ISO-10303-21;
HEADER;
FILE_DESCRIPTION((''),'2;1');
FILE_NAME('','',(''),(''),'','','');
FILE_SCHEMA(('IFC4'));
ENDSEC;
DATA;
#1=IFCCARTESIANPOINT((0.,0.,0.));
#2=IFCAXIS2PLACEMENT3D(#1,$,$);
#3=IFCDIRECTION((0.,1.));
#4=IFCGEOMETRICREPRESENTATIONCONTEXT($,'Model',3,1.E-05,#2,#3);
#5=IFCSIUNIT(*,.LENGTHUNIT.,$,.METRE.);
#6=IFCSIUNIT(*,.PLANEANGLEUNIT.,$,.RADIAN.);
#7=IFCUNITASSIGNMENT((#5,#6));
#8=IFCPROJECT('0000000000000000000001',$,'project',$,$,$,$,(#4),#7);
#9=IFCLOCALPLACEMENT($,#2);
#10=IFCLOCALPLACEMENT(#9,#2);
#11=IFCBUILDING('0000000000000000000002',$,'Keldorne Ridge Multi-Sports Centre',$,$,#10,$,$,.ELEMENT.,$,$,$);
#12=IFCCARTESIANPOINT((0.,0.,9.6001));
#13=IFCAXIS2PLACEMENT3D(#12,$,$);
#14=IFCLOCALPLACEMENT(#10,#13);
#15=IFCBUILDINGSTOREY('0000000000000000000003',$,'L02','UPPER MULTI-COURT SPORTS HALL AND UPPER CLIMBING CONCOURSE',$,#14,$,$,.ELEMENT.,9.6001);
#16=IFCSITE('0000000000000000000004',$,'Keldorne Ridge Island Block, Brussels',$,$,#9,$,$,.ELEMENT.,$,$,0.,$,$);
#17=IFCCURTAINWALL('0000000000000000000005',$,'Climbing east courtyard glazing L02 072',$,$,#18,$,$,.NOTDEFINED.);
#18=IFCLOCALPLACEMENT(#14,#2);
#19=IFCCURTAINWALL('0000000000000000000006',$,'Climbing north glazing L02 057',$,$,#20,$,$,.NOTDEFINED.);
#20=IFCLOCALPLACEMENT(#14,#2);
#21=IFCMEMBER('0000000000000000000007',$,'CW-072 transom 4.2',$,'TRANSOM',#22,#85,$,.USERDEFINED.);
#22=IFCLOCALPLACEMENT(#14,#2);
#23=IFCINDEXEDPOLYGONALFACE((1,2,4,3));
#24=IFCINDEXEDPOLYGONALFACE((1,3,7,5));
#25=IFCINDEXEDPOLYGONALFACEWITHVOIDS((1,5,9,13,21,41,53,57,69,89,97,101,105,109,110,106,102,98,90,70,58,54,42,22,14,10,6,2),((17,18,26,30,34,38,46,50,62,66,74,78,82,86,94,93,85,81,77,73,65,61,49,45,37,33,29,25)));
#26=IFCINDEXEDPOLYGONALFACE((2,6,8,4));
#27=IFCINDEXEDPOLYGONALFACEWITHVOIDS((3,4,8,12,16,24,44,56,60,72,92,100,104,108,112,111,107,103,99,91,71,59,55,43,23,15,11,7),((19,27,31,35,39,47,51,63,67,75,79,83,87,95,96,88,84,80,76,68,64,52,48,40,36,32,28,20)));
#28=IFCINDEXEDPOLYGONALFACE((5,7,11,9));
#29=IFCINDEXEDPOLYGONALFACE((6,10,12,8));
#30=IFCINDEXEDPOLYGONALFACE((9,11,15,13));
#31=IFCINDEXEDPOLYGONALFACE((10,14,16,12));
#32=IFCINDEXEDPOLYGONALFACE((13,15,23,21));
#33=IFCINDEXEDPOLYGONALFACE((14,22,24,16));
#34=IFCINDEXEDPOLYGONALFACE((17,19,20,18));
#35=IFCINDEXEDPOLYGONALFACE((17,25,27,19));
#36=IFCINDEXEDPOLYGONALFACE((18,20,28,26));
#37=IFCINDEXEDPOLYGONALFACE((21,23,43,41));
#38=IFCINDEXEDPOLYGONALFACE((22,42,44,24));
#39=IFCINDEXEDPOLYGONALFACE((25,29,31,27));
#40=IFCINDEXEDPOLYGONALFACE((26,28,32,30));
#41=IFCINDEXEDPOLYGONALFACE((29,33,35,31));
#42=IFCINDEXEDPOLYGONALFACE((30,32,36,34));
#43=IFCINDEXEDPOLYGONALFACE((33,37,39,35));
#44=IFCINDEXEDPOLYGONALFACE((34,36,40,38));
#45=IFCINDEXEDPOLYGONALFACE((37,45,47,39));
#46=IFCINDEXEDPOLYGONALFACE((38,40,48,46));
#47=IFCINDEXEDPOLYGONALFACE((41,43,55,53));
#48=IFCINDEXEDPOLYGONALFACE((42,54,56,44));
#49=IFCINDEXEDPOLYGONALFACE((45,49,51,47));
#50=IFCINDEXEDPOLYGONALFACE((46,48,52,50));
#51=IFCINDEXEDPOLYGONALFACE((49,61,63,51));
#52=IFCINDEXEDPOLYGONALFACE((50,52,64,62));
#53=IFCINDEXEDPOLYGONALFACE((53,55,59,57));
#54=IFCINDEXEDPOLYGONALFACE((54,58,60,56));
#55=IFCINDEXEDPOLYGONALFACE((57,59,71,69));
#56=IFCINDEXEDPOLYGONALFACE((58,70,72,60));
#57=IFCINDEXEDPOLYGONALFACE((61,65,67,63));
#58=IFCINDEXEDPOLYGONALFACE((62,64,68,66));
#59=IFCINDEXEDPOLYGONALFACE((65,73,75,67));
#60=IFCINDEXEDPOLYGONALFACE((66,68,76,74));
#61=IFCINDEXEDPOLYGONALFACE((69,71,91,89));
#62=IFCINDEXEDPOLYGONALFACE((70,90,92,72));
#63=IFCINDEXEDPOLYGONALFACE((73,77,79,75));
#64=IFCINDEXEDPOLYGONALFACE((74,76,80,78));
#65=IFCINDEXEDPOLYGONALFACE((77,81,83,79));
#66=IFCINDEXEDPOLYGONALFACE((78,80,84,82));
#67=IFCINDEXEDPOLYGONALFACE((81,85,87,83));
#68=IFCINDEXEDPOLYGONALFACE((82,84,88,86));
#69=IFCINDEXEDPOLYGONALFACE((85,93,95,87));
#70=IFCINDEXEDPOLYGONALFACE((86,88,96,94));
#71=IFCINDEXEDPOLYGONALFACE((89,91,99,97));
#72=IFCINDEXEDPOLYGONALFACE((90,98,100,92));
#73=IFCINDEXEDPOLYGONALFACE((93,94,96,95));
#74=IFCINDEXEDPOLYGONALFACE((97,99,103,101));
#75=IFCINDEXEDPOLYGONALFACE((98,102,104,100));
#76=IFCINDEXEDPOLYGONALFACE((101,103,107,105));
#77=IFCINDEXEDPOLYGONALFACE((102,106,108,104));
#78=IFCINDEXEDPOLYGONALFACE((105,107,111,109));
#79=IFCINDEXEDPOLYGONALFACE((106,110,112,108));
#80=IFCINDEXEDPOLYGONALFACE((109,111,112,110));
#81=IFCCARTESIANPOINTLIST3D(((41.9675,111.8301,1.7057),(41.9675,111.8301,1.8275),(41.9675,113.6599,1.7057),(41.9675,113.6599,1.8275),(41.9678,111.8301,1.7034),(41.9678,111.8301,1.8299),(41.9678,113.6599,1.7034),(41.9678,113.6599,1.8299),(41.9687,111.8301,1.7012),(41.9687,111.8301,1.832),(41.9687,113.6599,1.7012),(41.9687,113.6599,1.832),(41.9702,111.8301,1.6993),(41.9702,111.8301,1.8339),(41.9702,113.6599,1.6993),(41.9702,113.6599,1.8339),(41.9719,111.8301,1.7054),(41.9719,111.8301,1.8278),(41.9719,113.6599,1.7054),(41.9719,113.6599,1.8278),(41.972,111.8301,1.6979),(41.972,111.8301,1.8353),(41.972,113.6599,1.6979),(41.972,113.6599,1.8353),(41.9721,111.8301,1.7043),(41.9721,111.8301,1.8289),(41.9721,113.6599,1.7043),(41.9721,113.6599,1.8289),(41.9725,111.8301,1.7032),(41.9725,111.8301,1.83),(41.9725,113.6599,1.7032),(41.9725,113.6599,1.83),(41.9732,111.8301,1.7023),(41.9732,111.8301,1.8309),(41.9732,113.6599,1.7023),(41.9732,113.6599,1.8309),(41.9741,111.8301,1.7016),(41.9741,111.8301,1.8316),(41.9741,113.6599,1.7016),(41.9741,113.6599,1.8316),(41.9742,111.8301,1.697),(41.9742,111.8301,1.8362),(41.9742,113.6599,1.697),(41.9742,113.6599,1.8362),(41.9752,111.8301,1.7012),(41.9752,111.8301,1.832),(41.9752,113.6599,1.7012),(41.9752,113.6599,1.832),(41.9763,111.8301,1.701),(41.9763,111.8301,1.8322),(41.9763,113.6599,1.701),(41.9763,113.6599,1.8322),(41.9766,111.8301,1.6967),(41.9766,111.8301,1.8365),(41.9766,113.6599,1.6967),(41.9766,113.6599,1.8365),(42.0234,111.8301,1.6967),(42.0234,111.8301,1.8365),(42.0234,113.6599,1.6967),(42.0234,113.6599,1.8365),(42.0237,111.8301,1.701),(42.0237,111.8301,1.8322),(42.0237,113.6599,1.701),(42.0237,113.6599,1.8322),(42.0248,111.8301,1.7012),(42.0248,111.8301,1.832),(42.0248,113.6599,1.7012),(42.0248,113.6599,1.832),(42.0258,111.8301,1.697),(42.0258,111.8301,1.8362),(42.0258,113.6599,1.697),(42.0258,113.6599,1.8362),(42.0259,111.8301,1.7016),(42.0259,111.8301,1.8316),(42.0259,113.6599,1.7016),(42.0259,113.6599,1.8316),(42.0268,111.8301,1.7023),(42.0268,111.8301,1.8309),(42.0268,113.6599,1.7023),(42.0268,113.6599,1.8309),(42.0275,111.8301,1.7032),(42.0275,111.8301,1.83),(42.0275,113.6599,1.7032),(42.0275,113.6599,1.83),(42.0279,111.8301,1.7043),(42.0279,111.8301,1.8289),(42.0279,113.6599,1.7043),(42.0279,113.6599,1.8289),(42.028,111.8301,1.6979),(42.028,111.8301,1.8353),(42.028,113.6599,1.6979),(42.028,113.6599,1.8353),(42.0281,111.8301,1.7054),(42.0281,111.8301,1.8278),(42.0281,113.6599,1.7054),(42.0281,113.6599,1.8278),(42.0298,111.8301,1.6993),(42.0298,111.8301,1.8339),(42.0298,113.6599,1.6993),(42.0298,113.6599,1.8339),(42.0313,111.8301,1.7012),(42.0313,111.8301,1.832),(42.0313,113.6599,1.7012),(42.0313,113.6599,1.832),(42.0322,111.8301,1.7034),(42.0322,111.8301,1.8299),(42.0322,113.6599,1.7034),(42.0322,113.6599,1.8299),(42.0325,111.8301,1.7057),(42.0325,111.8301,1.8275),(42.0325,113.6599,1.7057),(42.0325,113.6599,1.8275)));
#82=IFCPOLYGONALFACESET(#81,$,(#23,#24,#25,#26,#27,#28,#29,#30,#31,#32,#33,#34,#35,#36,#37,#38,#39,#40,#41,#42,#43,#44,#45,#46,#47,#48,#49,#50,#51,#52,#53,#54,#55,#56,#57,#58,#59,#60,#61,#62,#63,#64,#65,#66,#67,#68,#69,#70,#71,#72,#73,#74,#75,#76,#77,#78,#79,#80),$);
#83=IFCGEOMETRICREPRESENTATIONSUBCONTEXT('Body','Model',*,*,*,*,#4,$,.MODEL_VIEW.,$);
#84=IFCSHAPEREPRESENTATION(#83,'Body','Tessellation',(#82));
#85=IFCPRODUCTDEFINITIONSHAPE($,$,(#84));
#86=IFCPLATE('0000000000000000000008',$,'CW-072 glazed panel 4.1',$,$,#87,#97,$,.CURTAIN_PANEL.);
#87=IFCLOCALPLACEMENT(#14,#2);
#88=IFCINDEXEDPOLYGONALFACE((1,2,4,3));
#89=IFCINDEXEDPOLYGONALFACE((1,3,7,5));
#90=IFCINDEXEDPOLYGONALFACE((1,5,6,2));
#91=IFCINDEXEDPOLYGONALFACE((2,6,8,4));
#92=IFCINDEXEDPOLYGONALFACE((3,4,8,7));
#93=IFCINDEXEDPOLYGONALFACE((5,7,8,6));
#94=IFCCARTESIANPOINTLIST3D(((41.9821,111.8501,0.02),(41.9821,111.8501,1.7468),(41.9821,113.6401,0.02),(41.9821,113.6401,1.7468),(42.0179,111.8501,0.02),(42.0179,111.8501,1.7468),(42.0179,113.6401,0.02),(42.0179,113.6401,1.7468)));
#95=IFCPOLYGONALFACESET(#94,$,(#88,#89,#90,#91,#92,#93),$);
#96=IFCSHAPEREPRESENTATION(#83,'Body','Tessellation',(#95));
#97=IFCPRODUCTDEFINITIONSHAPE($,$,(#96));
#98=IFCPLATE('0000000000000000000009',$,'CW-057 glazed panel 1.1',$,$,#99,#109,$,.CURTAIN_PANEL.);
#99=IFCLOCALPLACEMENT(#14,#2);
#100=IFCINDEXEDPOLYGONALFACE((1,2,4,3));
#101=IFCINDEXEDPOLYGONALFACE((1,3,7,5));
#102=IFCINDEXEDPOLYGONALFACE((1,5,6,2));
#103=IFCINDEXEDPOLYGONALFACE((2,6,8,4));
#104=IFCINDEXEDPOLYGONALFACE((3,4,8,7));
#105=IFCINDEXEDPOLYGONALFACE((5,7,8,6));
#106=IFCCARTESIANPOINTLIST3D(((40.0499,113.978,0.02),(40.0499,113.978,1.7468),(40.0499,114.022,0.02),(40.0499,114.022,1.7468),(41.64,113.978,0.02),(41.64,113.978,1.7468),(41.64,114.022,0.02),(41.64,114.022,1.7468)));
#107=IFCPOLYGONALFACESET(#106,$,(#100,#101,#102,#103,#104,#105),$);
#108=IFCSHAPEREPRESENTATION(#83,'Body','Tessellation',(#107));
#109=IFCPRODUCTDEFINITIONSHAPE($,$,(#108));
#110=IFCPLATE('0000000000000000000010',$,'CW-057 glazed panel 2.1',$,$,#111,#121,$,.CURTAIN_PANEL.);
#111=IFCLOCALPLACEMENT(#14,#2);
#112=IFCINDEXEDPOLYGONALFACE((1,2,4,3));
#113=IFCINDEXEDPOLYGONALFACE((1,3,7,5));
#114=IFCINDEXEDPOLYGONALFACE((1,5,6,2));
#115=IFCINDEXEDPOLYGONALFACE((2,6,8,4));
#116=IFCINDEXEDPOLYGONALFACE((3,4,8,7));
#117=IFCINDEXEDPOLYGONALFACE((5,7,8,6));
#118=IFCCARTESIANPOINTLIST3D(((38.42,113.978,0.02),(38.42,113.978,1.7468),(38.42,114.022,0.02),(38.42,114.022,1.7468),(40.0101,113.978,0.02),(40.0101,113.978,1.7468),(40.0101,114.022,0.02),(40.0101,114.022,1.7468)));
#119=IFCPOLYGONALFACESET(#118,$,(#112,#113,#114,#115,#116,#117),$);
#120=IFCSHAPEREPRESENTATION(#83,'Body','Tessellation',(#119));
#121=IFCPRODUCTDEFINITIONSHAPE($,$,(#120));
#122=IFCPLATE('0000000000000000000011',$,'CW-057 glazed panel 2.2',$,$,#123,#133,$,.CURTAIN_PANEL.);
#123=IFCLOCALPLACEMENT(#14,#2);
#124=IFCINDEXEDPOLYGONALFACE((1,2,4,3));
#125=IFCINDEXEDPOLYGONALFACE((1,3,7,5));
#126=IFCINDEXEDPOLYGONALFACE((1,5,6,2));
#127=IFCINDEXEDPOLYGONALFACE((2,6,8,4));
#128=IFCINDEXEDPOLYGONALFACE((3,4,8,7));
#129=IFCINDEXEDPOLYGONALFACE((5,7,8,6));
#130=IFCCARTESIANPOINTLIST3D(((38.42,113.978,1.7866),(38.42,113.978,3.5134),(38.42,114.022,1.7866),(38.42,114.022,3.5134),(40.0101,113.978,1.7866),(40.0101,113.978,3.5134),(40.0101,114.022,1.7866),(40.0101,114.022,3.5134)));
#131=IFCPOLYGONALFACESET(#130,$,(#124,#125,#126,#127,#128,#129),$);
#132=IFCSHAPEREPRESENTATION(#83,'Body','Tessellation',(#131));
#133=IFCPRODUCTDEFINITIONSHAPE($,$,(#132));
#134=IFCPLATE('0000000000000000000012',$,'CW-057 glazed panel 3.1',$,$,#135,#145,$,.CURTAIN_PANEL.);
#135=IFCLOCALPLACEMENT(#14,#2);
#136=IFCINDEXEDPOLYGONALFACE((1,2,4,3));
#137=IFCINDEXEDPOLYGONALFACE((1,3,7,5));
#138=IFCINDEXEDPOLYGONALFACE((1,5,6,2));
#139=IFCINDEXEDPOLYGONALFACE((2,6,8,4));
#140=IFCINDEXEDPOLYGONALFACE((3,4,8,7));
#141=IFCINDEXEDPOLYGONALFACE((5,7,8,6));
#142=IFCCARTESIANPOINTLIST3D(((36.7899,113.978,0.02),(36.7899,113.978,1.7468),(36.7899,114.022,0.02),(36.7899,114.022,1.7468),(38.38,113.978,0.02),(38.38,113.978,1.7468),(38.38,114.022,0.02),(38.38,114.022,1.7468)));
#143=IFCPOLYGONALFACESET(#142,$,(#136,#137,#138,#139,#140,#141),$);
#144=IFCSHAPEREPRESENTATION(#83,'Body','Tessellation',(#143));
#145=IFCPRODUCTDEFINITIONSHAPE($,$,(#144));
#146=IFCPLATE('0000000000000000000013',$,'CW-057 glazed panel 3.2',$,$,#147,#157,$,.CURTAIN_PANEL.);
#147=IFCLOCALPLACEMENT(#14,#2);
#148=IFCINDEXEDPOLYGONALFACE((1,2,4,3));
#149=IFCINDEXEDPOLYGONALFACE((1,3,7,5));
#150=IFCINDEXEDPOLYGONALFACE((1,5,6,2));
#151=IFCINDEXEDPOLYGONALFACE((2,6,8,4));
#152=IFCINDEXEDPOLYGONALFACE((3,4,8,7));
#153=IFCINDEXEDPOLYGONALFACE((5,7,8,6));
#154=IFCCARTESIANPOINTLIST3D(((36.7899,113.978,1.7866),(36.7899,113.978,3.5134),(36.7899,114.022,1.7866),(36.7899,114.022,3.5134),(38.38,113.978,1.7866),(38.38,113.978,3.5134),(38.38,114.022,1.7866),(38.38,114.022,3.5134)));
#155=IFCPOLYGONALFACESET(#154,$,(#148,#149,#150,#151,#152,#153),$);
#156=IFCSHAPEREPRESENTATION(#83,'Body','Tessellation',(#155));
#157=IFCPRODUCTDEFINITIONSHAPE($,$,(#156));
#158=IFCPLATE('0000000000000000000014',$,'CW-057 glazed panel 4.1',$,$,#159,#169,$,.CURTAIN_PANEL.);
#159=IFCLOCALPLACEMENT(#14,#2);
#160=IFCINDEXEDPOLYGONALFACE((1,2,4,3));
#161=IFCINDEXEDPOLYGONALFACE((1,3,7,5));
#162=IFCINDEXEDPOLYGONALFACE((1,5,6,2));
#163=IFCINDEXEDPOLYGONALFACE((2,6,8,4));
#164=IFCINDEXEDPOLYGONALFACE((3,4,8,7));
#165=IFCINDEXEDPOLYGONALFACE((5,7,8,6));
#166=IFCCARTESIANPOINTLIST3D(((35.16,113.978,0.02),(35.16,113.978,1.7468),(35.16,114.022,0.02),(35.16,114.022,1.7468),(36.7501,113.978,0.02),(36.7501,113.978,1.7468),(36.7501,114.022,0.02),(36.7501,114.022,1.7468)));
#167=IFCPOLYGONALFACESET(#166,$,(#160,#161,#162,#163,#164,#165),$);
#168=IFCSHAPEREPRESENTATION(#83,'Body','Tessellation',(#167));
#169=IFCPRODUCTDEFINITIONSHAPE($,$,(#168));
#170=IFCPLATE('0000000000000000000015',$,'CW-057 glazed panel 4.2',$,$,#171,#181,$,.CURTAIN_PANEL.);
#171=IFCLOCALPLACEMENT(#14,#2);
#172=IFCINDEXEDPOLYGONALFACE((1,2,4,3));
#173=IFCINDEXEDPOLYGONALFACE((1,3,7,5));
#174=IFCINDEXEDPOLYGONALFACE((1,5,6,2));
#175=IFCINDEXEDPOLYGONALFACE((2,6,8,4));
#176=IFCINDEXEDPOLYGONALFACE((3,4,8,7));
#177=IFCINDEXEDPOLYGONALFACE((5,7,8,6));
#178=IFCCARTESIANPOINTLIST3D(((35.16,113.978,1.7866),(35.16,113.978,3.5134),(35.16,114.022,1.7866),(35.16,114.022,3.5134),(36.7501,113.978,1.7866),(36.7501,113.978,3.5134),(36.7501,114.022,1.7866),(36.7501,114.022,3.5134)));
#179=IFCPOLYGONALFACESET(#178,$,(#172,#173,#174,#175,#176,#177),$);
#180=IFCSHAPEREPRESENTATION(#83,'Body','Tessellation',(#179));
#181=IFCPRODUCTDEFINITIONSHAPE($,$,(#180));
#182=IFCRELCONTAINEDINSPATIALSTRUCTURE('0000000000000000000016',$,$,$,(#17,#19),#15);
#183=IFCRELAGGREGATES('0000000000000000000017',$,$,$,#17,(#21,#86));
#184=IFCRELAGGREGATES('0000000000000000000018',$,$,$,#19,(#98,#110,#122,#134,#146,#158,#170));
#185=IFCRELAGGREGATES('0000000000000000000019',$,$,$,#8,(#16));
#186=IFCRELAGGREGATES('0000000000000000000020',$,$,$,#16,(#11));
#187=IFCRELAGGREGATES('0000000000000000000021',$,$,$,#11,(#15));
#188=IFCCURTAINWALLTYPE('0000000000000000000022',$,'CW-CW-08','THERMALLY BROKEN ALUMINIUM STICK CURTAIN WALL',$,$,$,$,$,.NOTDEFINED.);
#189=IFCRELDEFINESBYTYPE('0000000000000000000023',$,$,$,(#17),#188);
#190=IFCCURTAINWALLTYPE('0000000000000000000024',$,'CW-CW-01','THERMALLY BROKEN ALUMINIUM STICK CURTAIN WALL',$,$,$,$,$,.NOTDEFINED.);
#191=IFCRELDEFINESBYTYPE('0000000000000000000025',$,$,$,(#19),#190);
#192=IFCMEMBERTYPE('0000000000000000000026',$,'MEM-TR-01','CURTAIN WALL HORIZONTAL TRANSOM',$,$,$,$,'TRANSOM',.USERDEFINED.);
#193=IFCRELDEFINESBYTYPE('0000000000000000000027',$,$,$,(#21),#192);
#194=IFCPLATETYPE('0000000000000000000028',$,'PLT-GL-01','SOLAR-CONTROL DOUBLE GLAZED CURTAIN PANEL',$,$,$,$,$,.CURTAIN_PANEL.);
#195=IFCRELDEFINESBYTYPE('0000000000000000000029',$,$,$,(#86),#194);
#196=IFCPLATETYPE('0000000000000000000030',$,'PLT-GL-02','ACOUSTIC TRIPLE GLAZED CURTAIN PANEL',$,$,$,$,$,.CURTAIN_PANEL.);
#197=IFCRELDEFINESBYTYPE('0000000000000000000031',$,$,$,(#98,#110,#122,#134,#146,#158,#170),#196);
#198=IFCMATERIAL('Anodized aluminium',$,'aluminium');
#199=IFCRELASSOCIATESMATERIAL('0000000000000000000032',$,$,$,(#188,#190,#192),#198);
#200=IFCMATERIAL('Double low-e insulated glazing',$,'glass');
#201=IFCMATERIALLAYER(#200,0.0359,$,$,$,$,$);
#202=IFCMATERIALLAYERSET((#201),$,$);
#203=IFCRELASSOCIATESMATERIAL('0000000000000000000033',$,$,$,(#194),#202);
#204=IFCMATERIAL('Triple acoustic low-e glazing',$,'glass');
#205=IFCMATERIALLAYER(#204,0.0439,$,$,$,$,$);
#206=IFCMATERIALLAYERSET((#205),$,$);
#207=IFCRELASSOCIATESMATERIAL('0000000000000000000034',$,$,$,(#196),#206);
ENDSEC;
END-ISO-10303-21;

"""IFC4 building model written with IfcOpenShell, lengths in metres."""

from ifc_helpers import new_model, si_unit, direction, frame, origin, origin_2d, place, context, subcontext, project, spatial, rectangle, hollow_rectangle, extrude, material, layer, layer_set, material_profile, profile_set, type_object, element, aggregate, save


model = new_model("IFC4")

# Units and contexts
model_context = context("Model", 3, precision=1e-05, world=origin(), true_north=direction((0.0, 1.0)))
body_context = subcontext(model_context, "Body", "Model", "MODEL_VIEW")
ifc_project = project(units=[si_unit("LENGTHUNIT", "METRE"), si_unit("PLANEANGLEUNIT", "RADIAN")], contexts=[model_context])

# Site, building, storey
site_placement = place(None, origin())
site = spatial("IfcSite", under=ifc_project, at=site_placement, Name="Keldorne Ridge Island Block, Brussels", CompositionType="ELEMENT", RefElevation=0.0)
building_placement = place(site_placement, origin())
building = spatial("IfcBuilding", under=site, at=building_placement, Name="Keldorne Ridge Multi-Sports Centre", CompositionType="ELEMENT")
storey_placement = place(building_placement, frame((0.0, 0.0, 9.6001)))
storey = spatial("IfcBuildingStorey", under=building, at=storey_placement, Name="L02", Description="UPPER MULTI-COURT SPORTS HALL AND UPPER CLIMBING CONCOURSE", CompositionType="ELEMENT", Elevation=9.6001)

# Curtain wall
ifc_material_1 = material(Name="Anodized aluminium", Category="aluminium")
curtain_wall_type_1 = type_object("IfcCurtainWallType", Name="CW-CW-08", Description="THERMALLY BROKEN ALUMINIUM STICK CURTAIN WALL", PredefinedType="NOTDEFINED", material=ifc_material_1)
curtain_wall_1_placement = place(storey_placement, origin())
curtain_wall_1 = element("IfcCurtainWall", 1, at=curtain_wall_1_placement, inside=storey, type_object=curtain_wall_type_1, Name="Climbing east courtyard glazing L02 072", PredefinedType="NOTDEFINED")

# Curtain wall
curtain_wall_type_2 = type_object("IfcCurtainWallType", Name="CW-CW-01", Description="THERMALLY BROKEN ALUMINIUM STICK CURTAIN WALL", PredefinedType="NOTDEFINED", material=ifc_material_1)
curtain_wall_2_placement = place(storey_placement, origin())
curtain_wall_2 = element("IfcCurtainWall", 2, at=curtain_wall_2_placement, inside=storey, type_object=curtain_wall_type_2, Name="Climbing north glazing L02 057", PredefinedType="NOTDEFINED")
ifc_material_profile_1 = material_profile(ifc_material_1, hollow_rectangle(XDim=0.0649, YDim=0.1399, WallThickness=0.0044, InnerFilletRadius=0.0044, OuterFilletRadius=0.009, at=origin_2d()), Name="ALU TRANSOM 140x65x4.5")
ifc_profile_set_1 = profile_set([ifc_material_profile_1], Name="Anodized aluminium")
member_type_1 = type_object("IfcMemberType", Name="MEM-TR-01", Description="CURTAIN WALL HORIZONTAL TRANSOM", ElementType="TRANSOM", PredefinedType="USERDEFINED", material=ifc_profile_set_1)

# Member
member_1_placement = place(storey_placement, frame((42.0, 111.8301, 1.7666), z_axis=(0.0, 1.0, 0.0), x_axis=(-1.0, 0.0, 0.0)))
member_1 = element("IfcMember", 3, at=member_1_placement, type_object=member_type_1, Name="CW-072 transom 4.2", ObjectType="TRANSOM", PredefinedType="USERDEFINED", context=body_context, shape_type="SweptSolid", body=[
    extrude(hollow_rectangle(XDim=0.0649, YDim=0.1399, WallThickness=0.0044, InnerFilletRadius=0.0044, OuterFilletRadius=0.009, at=origin_2d()), origin(), (0.0, 0.0, 1.0), 1.8298),
])

# Plates
ifc_material_2 = material(Name="Double low-e insulated glazing", Category="glass")
ifc_layer_1 = layer(ifc_material_2, 0.0359)
ifc_layer_set_1 = layer_set([ifc_layer_1])
plate_type_1 = type_object("IfcPlateType", Name="PLT-GL-01", Description="SOLAR-CONTROL DOUBLE GLAZED CURTAIN PANEL", PredefinedType="CURTAIN_PANEL", material=ifc_layer_set_1)
plate_1_placement = place(storey_placement, frame((42.0, 112.7451, 0.02), z_axis=(0.0, 0.0, 1.0), x_axis=(0.0, 1.0, 0.0)))
plate_1 = element("IfcPlate", 4, at=plate_1_placement, type_object=plate_type_1, Name="CW-072 glazed panel 4.1", PredefinedType="CURTAIN_PANEL", context=body_context, shape_type="SweptSolid", body=[
    extrude(rectangle(XDim=1.79, YDim=0.0359, at=origin_2d()), origin(), (0.0, 0.0, 1.0), 1.7268),
])
aggregate(curtain_wall_1, [member_1, plate_1])
ifc_material_3 = material(Name="Triple acoustic low-e glazing", Category="glass")
ifc_layer_2 = layer(ifc_material_3, 0.0439)
ifc_layer_set_2 = layer_set([ifc_layer_2])
plate_type_2 = type_object("IfcPlateType", Name="PLT-GL-02", Description="ACOUSTIC TRIPLE GLAZED CURTAIN PANEL", PredefinedType="CURTAIN_PANEL", material=ifc_layer_set_2)
plate_2_placement = place(storey_placement, frame((40.845, 114.0, 0.02), z_axis=(0.0, 0.0, 1.0), x_axis=(-1.0, 0.0, 0.0)))
plate_2 = element("IfcPlate", 5, at=plate_2_placement, type_object=plate_type_2, Name="CW-057 glazed panel 1.1", PredefinedType="CURTAIN_PANEL", context=body_context, shape_type="SweptSolid", body=[
    extrude(rectangle(XDim=1.5901, YDim=0.0439, at=origin_2d()), origin(), (0.0, 0.0, 1.0), 1.7268),
])
plate_3_placement = place(storey_placement, frame((39.2151, 114.0, 0.02), z_axis=(0.0, 0.0, 1.0), x_axis=(-1.0, 0.0, 0.0)))
plate_3 = element("IfcPlate", 6, at=plate_3_placement, type_object=plate_type_2, Name="CW-057 glazed panel 2.1", PredefinedType="CURTAIN_PANEL", context=body_context, shape_type="SweptSolid", body=[
    extrude(rectangle(XDim=1.5901, YDim=0.0439, at=origin_2d()), origin(), (0.0, 0.0, 1.0), 1.7268),
])
plate_4_placement = place(storey_placement, frame((39.2151, 114.0, 1.7866), z_axis=(0.0, 0.0, 1.0), x_axis=(-1.0, 0.0, 0.0)))
plate_4 = element("IfcPlate", 7, at=plate_4_placement, type_object=plate_type_2, Name="CW-057 glazed panel 2.2", PredefinedType="CURTAIN_PANEL", context=body_context, shape_type="SweptSolid", body=[
    extrude(rectangle(XDim=1.5901, YDim=0.0439, at=origin_2d()), origin(), (0.0, 0.0, 1.0), 1.7268),
])
plate_5_placement = place(storey_placement, frame((37.585, 114.0, 0.02), z_axis=(0.0, 0.0, 1.0), x_axis=(-1.0, 0.0, 0.0)))
plate_5 = element("IfcPlate", 8, at=plate_5_placement, type_object=plate_type_2, Name="CW-057 glazed panel 3.1", PredefinedType="CURTAIN_PANEL", context=body_context, shape_type="SweptSolid", body=[
    extrude(rectangle(XDim=1.5901, YDim=0.0439, at=origin_2d()), origin(), (0.0, 0.0, 1.0), 1.7268),
])
plate_6_placement = place(storey_placement, frame((37.585, 114.0, 1.7866), z_axis=(0.0, 0.0, 1.0), x_axis=(-1.0, 0.0, 0.0)))
plate_6 = element("IfcPlate", 9, at=plate_6_placement, type_object=plate_type_2, Name="CW-057 glazed panel 3.2", PredefinedType="CURTAIN_PANEL", context=body_context, shape_type="SweptSolid", body=[
    extrude(rectangle(XDim=1.5901, YDim=0.0439, at=origin_2d()), origin(), (0.0, 0.0, 1.0), 1.7268),
])
plate_7_placement = place(storey_placement, frame((35.9551, 114.0, 0.02), z_axis=(0.0, 0.0, 1.0), x_axis=(-1.0, 0.0, 0.0)))
plate_7 = element("IfcPlate", 10, at=plate_7_placement, type_object=plate_type_2, Name="CW-057 glazed panel 4.1", PredefinedType="CURTAIN_PANEL", context=body_context, shape_type="SweptSolid", body=[
    extrude(rectangle(XDim=1.5901, YDim=0.0439, at=origin_2d()), origin(), (0.0, 0.0, 1.0), 1.7268),
])
plate_8_placement = place(storey_placement, frame((35.9551, 114.0, 1.7866), z_axis=(0.0, 0.0, 1.0), x_axis=(-1.0, 0.0, 0.0)))
plate_8 = element("IfcPlate", 11, at=plate_8_placement, type_object=plate_type_2, Name="CW-057 glazed panel 4.2", PredefinedType="CURTAIN_PANEL", context=body_context, shape_type="SweptSolid", body=[
    extrude(rectangle(XDim=1.5901, YDim=0.0439, at=origin_2d()), origin(), (0.0, 0.0, 1.0), 1.7268),
])
aggregate(curtain_wall_2, [plate_2, plate_3, plate_4, plate_5, plate_6, plate_7, plate_8])

save(model, "model.ifc")
